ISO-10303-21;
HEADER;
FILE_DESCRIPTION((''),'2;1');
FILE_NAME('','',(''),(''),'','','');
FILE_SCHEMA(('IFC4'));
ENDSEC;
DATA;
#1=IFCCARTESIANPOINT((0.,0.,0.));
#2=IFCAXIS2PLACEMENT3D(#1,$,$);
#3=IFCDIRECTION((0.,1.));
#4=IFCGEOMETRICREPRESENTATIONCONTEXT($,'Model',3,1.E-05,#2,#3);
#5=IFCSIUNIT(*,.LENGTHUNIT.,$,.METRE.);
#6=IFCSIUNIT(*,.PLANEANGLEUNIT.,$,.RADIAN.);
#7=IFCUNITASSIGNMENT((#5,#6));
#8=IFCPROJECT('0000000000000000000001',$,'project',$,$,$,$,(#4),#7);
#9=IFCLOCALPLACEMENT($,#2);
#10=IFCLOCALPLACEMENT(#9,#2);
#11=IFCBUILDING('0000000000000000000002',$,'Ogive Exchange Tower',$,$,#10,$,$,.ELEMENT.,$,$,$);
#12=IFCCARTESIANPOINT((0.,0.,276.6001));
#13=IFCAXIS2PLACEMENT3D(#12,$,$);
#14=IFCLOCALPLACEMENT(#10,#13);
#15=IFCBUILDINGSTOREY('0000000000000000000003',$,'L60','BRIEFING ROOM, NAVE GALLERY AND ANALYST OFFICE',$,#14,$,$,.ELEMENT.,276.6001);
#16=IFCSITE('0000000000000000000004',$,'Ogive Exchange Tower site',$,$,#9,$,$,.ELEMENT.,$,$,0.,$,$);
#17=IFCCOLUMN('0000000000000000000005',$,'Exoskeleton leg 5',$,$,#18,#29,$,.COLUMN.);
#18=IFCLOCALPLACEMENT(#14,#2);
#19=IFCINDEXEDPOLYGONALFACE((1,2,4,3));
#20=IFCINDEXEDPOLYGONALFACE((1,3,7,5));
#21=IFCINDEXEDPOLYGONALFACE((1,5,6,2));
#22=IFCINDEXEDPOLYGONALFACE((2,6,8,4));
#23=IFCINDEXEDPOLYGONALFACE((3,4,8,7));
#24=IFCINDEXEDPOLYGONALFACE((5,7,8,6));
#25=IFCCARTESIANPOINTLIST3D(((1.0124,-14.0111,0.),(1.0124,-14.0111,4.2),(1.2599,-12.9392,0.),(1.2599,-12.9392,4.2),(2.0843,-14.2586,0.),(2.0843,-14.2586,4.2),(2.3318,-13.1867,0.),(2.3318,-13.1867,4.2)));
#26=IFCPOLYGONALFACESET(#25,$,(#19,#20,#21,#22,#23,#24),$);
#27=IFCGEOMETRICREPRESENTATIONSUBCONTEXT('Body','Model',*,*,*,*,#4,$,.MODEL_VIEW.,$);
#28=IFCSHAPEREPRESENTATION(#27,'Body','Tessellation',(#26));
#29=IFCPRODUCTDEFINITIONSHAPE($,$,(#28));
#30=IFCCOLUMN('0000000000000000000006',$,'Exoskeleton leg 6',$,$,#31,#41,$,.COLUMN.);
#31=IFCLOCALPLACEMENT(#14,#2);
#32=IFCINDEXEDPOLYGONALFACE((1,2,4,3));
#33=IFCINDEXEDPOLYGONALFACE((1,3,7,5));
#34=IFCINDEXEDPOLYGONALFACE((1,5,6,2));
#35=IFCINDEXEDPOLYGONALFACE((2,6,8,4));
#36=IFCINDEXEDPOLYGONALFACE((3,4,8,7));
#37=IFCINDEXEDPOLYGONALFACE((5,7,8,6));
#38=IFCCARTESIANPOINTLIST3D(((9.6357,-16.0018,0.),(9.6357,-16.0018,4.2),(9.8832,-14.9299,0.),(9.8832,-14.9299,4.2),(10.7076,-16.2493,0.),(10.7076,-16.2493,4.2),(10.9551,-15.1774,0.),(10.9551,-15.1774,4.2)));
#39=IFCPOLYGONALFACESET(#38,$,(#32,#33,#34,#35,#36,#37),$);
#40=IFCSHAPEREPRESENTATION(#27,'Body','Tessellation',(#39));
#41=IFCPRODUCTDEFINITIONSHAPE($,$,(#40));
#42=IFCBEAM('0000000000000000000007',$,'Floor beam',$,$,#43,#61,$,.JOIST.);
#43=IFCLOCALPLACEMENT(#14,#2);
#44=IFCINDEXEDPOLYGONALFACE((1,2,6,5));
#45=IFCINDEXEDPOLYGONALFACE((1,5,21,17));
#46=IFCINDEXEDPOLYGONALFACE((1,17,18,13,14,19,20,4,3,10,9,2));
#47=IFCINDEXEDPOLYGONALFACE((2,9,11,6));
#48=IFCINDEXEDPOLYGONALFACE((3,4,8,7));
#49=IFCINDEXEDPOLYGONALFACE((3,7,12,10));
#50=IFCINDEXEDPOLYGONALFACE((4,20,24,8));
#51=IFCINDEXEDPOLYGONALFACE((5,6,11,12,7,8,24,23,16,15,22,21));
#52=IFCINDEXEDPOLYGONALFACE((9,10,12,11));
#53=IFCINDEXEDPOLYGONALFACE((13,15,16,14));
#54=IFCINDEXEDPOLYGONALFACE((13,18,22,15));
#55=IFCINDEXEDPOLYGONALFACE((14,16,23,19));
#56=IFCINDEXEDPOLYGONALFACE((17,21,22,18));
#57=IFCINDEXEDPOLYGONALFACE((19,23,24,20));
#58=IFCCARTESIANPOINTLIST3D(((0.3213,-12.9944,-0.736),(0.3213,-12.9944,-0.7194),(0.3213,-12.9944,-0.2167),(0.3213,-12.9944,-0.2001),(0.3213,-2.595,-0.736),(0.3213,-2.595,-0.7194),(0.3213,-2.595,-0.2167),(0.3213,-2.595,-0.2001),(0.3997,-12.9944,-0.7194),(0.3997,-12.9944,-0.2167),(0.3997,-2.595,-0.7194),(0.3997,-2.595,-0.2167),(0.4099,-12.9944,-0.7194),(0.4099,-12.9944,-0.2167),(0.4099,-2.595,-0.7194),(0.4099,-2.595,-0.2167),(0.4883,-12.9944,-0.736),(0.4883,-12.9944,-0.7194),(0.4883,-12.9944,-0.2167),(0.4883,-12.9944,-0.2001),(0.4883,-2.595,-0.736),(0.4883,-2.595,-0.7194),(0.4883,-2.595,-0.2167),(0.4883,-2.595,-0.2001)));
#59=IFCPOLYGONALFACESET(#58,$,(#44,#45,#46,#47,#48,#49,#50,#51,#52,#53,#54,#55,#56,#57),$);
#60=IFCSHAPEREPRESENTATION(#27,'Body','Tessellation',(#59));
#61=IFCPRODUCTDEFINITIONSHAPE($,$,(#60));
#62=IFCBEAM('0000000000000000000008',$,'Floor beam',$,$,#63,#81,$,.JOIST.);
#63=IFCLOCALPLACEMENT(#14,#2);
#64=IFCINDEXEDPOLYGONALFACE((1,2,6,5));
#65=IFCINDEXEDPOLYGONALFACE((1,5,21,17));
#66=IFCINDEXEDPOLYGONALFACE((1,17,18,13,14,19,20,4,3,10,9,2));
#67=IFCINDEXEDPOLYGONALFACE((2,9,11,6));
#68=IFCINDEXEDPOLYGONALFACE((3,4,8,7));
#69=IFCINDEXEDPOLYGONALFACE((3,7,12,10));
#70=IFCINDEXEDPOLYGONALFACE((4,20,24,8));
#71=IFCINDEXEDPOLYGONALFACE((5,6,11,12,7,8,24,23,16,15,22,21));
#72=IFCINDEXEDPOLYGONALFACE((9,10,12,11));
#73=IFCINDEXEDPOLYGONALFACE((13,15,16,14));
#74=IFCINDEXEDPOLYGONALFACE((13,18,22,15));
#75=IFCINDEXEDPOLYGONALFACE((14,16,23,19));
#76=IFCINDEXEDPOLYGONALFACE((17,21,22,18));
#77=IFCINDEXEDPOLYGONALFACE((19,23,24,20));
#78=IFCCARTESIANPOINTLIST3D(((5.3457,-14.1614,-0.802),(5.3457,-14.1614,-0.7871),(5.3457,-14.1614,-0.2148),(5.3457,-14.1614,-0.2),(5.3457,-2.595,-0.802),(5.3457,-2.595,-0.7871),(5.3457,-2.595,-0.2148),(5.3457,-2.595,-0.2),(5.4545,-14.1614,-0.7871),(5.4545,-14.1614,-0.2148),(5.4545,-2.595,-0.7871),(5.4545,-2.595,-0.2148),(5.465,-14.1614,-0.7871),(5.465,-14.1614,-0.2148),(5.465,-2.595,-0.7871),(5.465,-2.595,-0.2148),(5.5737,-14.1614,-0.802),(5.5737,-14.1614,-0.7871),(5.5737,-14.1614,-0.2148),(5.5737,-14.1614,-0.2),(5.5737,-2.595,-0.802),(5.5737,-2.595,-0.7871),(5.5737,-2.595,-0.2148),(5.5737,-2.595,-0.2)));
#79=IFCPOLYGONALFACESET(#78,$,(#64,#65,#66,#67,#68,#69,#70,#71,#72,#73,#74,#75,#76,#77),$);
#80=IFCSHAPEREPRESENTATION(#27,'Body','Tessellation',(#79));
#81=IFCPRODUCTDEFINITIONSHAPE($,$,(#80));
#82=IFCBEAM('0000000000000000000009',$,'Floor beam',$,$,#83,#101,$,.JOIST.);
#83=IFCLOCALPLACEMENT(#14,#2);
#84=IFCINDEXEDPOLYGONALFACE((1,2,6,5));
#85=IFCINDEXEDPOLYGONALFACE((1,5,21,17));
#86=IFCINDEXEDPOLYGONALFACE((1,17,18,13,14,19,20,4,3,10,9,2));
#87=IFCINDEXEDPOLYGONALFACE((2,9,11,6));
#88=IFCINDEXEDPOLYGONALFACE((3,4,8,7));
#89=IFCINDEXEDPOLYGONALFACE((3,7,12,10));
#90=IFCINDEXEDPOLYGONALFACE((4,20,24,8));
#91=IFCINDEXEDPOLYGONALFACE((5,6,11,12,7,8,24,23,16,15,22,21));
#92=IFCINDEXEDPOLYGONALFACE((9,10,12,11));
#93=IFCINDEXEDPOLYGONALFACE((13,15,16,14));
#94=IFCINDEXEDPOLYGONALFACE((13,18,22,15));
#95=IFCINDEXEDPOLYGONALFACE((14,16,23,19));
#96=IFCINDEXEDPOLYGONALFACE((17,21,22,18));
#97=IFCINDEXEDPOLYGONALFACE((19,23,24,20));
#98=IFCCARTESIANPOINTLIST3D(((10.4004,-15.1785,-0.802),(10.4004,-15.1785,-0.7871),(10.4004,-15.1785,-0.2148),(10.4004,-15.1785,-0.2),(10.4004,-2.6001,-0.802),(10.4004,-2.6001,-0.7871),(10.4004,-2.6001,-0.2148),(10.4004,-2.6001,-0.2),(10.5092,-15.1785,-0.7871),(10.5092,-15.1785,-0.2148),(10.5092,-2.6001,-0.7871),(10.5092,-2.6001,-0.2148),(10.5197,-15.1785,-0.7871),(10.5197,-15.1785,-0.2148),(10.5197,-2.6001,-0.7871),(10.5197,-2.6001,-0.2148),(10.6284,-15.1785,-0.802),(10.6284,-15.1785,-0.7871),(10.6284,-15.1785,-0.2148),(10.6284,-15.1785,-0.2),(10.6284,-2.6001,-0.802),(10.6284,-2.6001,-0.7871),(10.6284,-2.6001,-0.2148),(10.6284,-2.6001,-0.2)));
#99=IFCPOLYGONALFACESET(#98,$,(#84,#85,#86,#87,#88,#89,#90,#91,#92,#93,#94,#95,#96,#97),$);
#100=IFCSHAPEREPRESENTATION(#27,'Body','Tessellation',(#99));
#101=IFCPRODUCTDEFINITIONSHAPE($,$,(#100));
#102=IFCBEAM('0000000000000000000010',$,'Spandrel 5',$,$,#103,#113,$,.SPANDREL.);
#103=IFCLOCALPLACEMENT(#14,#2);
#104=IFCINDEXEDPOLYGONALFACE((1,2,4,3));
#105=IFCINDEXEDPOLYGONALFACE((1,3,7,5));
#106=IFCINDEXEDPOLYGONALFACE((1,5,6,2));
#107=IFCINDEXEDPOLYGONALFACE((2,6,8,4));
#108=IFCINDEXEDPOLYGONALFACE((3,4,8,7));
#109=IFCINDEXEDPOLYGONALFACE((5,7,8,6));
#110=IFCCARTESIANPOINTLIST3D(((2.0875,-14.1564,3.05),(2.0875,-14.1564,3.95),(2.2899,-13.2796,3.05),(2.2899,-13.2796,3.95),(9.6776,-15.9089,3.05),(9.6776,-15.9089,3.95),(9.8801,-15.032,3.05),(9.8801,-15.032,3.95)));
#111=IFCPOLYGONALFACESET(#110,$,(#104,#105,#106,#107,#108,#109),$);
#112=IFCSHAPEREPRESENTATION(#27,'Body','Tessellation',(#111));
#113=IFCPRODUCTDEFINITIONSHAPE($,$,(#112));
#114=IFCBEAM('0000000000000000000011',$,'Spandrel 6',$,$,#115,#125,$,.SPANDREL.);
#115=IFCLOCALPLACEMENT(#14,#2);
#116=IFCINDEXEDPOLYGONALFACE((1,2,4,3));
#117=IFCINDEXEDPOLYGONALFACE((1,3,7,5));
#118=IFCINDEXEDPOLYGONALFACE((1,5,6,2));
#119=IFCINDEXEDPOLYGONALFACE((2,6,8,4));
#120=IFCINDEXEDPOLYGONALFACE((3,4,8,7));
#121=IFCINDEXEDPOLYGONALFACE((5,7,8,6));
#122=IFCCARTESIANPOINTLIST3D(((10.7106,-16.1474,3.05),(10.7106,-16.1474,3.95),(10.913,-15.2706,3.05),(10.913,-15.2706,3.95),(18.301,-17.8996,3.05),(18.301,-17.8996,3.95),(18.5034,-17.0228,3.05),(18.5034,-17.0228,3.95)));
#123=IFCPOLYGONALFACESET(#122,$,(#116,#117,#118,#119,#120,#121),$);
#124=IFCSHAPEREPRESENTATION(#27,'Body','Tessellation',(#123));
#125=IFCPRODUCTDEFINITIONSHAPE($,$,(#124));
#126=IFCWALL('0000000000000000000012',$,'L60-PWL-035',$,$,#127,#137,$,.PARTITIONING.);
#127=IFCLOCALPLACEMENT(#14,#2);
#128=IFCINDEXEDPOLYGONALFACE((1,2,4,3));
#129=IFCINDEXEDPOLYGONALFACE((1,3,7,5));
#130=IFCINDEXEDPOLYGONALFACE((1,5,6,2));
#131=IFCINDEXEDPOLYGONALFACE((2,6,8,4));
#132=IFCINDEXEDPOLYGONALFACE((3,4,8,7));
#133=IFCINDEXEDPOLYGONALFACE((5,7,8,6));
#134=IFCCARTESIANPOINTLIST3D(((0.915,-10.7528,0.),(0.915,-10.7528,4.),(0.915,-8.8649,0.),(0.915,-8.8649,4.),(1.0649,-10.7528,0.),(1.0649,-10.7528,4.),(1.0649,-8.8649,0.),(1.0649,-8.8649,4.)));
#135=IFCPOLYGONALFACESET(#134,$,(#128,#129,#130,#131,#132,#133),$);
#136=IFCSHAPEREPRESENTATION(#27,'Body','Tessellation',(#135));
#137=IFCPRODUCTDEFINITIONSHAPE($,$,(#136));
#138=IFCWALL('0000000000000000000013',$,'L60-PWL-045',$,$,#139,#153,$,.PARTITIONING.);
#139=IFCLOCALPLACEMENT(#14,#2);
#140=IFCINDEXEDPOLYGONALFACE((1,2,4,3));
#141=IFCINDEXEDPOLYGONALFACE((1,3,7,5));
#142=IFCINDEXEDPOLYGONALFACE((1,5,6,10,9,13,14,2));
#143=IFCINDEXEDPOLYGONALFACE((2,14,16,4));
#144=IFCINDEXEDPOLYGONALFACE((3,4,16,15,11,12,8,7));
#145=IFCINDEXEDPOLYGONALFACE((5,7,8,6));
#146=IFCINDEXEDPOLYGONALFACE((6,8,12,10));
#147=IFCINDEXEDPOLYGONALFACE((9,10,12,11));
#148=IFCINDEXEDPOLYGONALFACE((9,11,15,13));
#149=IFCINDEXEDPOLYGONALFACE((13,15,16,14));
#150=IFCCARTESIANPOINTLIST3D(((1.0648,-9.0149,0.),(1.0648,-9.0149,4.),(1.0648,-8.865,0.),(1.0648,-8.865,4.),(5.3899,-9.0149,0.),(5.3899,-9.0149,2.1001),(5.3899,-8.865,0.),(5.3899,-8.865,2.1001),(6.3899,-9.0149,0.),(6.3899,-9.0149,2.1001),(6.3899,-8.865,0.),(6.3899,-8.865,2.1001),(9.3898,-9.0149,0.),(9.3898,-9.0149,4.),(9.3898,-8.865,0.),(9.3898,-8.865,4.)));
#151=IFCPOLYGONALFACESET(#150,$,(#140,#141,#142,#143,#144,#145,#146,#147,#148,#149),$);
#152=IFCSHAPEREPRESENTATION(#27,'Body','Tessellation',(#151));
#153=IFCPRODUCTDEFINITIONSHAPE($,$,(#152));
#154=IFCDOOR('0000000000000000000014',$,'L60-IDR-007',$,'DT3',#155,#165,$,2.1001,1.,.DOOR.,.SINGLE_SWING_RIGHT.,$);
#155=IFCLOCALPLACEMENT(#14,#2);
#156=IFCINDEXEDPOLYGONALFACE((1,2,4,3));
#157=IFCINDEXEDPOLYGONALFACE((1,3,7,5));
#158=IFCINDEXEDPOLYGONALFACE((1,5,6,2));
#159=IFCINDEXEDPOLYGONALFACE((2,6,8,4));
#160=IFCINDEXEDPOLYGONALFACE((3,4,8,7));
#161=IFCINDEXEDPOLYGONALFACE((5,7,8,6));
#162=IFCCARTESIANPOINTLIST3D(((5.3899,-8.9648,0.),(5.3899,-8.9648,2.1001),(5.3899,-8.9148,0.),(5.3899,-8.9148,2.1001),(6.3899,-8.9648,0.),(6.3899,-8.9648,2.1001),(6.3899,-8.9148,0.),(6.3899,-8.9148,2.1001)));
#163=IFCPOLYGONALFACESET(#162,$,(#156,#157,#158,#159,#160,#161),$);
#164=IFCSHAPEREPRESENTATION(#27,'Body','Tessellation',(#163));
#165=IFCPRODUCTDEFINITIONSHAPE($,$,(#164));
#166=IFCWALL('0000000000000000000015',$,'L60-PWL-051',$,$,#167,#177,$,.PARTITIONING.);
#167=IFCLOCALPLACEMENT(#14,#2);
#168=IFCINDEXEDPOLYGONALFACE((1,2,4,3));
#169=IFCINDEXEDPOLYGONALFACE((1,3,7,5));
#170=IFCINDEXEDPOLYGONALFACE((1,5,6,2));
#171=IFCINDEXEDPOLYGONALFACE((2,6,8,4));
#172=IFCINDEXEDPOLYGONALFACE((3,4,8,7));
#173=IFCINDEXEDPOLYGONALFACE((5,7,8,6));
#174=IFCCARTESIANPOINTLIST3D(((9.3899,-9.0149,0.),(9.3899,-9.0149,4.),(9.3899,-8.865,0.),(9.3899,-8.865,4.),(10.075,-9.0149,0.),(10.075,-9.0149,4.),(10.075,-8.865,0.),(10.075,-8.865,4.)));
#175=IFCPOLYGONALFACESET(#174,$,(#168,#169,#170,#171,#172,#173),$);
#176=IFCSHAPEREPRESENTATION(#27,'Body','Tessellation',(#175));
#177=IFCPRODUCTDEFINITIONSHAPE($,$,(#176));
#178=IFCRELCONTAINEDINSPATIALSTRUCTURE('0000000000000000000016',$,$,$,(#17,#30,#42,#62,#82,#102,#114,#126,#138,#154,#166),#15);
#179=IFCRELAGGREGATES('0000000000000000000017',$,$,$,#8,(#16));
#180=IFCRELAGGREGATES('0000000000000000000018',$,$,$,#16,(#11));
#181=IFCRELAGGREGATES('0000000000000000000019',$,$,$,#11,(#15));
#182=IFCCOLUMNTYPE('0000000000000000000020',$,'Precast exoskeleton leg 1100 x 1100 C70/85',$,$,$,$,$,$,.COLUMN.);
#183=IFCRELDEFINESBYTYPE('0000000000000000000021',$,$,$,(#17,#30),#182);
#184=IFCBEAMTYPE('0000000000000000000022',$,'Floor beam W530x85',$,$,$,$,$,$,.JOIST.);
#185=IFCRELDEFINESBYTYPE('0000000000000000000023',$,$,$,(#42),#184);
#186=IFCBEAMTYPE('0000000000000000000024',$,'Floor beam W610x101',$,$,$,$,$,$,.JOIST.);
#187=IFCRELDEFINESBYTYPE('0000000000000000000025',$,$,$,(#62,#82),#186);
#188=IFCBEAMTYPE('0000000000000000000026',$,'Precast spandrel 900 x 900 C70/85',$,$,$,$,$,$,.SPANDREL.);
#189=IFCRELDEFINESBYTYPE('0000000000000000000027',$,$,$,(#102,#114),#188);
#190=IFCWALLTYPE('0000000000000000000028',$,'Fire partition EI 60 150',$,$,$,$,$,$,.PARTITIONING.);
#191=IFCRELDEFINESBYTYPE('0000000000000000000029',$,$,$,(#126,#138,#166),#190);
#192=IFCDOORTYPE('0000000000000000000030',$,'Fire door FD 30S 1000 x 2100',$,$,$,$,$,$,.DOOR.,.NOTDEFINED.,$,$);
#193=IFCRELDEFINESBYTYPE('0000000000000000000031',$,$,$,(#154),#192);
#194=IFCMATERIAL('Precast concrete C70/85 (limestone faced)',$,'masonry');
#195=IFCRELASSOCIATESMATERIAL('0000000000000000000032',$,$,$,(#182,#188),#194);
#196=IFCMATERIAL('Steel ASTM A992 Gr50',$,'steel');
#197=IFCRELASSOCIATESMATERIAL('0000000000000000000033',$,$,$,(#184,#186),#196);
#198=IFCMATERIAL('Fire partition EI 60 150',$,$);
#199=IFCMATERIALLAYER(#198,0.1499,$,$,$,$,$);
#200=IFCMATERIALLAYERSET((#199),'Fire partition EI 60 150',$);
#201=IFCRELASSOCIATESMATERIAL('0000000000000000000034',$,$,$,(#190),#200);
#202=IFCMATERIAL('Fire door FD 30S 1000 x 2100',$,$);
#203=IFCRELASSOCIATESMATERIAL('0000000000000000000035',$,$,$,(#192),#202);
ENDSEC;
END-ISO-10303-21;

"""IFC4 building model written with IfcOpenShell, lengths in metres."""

from ifc_helpers import new_model, si_unit, direction, frame, frame_2d, origin, origin_2d, place, context, subcontext, project, spatial, rectangle, i_section, extrude, material, layer, layer_set, material_profile, profile_set, type_object, element, fill, save


model = new_model("IFC4")

# Units and contexts
model_context = context("Model", 3, precision=1e-05, world=origin(), true_north=direction((0.0, 1.0)))
body_context = subcontext(model_context, "Body", "Model", "MODEL_VIEW")
ifc_project = project(units=[si_unit("LENGTHUNIT", "METRE"), si_unit("PLANEANGLEUNIT", "RADIAN")], contexts=[model_context])

# Site, building, storey
site_placement = place(None, origin())
site = spatial("IfcSite", under=ifc_project, at=site_placement, Name="Ogive Exchange Tower site", CompositionType="ELEMENT", RefElevation=0.0)
building_placement = place(site_placement, origin())
building = spatial("IfcBuilding", under=site, at=building_placement, Name="Ogive Exchange Tower", CompositionType="ELEMENT")
storey_placement = place(building_placement, frame((0.0, 0.0, 276.6001)))
storey = spatial("IfcBuildingStorey", under=building, at=storey_placement, Name="L60", Description="BRIEFING ROOM, NAVE GALLERY AND ANALYST OFFICE", CompositionType="ELEMENT", Elevation=276.6001)

# Columns
ifc_material_1 = material(Name="Precast concrete C70/85 (limestone faced)", Category="masonry")
ifc_material_profile_1 = material_profile(ifc_material_1, rectangle(XDim=1.1001, YDim=1.1001, at=origin_2d()), Name="1100 x 1100")
ifc_profile_set_1 = profile_set([ifc_material_profile_1], Name="Precast concrete C70/85 (limestone faced)")
column_type = type_object("IfcColumnType", Name="Precast exoskeleton leg 1100 x 1100 C70/85", PredefinedType="COLUMN", material=ifc_profile_set_1)
for number, where, z_axis, x_axis, name in (
    (1, (1.6721, -13.5989, 0.0), (0.0, 0.0, 1.0), (0.97437, -0.224951, 0.0), "Exoskeleton leg 5"),
    (2, (10.2954, -15.5896, 0.0), (0.0, 0.0, 1.0), (0.97437, -0.224951, 0.0), "Exoskeleton leg 6"),
):
    element("IfcColumn", number, at=place(storey_placement, frame(where, z_axis=z_axis, x_axis=x_axis)), inside=storey, type_object=column_type, Name=name, PredefinedType="COLUMN", context=body_context, shape_type="SweptSolid", body=[
        extrude(rectangle(XDim=1.1001, YDim=1.1001, at=origin_2d()), origin(), (0.0, 0.0, 1.0), 4.2),
    ])

# Beams
ifc_material_2 = material(Name="Steel ASTM A992 Gr50", Category="steel")
ifc_material_profile_2 = material_profile(ifc_material_2, i_section(OverallWidth=0.167, OverallDepth=0.5359, WebThickness=0.0103, FlangeThickness=0.0166, at=origin_2d()), Name="W530x85")
ifc_profile_set_2 = profile_set([ifc_material_profile_2], Name="Steel ASTM A992 Gr50")
beam_type_1 = type_object("IfcBeamType", Name="Floor beam W530x85", PredefinedType="JOIST", material=ifc_profile_set_2)
beam_1_placement = place(storey_placement, frame((0.4048, -12.9944, -0.468), z_axis=(0.0, 1.0, 0.0), x_axis=(-1.0, 0.0, 0.0)))
element("IfcBeam", 3, at=beam_1_placement, inside=storey, type_object=beam_type_1, Name="Floor beam", PredefinedType="JOIST", context=body_context, shape_type="SweptSolid", body=[
    extrude(i_section(OverallWidth=0.167, OverallDepth=0.5359, WebThickness=0.0103, FlangeThickness=0.0166, at=origin_2d()), origin(), (0.0, 0.0, 1.0), 10.3994),
])
ifc_material_profile_3 = material_profile(ifc_material_2, i_section(OverallWidth=0.228, OverallDepth=0.6021, WebThickness=0.0105, FlangeThickness=0.0149, at=origin_2d()), Name="W610x101")
ifc_profile_set_3 = profile_set([ifc_material_profile_3], Name="Steel ASTM A992 Gr50")
beam_type_2 = type_object("IfcBeamType", Name="Floor beam W610x101", PredefinedType="JOIST", material=ifc_profile_set_3)
beam_2_placement = place(storey_placement, frame((5.4597, -14.1614, -0.501), z_axis=(0.0, 1.0, 0.0), x_axis=(-1.0, 0.0, 0.0)))
element("IfcBeam", 4, at=beam_2_placement, inside=storey, type_object=beam_type_2, Name="Floor beam", PredefinedType="JOIST", context=body_context, shape_type="SweptSolid", body=[
    extrude(i_section(OverallWidth=0.228, OverallDepth=0.6021, WebThickness=0.0105, FlangeThickness=0.0149, at=origin_2d()), origin(), (0.0, 0.0, 1.0), 11.5664),
])
beam_3_placement = place(storey_placement, frame((10.5144, -15.1785, -0.501), z_axis=(0.0, 1.0, 0.0), x_axis=(-1.0, 0.0, 0.0)))
element("IfcBeam", 5, at=beam_3_placement, inside=storey, type_object=beam_type_2, Name="Floor beam", PredefinedType="JOIST", context=body_context, shape_type="SweptSolid", body=[
    extrude(i_section(OverallWidth=0.228, OverallDepth=0.6021, WebThickness=0.0105, FlangeThickness=0.0149, at=origin_2d()), origin(), (0.0, 0.0, 1.0), 12.5784),
])
ifc_material_profile_4 = material_profile(ifc_material_1, rectangle(XDim=0.8999, YDim=0.8999, at=origin_2d()), Name="900 x 900")
ifc_profile_set_4 = profile_set([ifc_material_profile_4], Name="Precast concrete C70/85 (limestone faced)")
beam_type_3 = type_object("IfcBeamType", Name="Precast spandrel 900 x 900 C70/85", PredefinedType="SPANDREL", material=ifc_profile_set_4)
beam_4_placement = place(storey_placement, frame((2.1887, -13.718, 3.5), z_axis=(0.974366, -0.224967, 0.0), x_axis=(0.224967, 0.974366, 0.0)))
element("IfcBeam", 6, at=beam_4_placement, inside=storey, type_object=beam_type_3, Name="Spandrel 5", PredefinedType="SPANDREL", context=body_context, shape_type="SweptSolid", body=[
    extrude(rectangle(XDim=0.8999, YDim=0.8999, at=origin_2d()), origin(), (0.0, 0.0, 1.0), 7.7898),
])
beam_5_placement = place(storey_placement, frame((10.8118, -15.709, 3.5), z_axis=(0.974375, -0.22493, 0.0), x_axis=(0.22493, 0.974375, 0.0)))
element("IfcBeam", 7, at=beam_5_placement, inside=storey, type_object=beam_type_3, Name="Spandrel 6", PredefinedType="SPANDREL", context=body_context, shape_type="SweptSolid", body=[
    extrude(rectangle(XDim=0.8999, YDim=0.8999, at=origin_2d()), origin(), (0.0, 0.0, 1.0), 7.79),
])

# Wall
ifc_material_3 = material(Name="Fire partition EI 60 150")
ifc_layer_1 = layer(ifc_material_3, 0.1499)
ifc_layer_set_1 = layer_set([ifc_layer_1], Name="Fire partition EI 60 150")
wall_type_1 = type_object("IfcWallType", Name="Fire partition EI 60 150", PredefinedType="PARTITIONING", material=ifc_layer_set_1)
wall_1_placement = place(storey_placement, frame((0.99, -8.865, 0.0), z_axis=(0.0, 0.0, 1.0), x_axis=(0.0, -1.0, 0.0)))
element("IfcWall", 8, at=wall_1_placement, inside=storey, type_object=wall_type_1, Name="L60-PWL-035", PredefinedType="PARTITIONING", context=body_context, shape_type="SweptSolid", body=[
    extrude(rectangle(XDim=1.8879, YDim=0.1499, at=frame_2d((0.9438, 0.0))), origin(), (0.0, 0.0, 1.0), 4.0),
])

# Wall, opening, door
wall_2_placement = place(storey_placement, frame((9.3899, -8.9399, 0.0), z_axis=(0.0, 0.0, 1.0), x_axis=(-1.0, 0.0, 0.0)))
wall_2 = element("IfcWall", 9, at=wall_2_placement, inside=storey, type_object=wall_type_1, Name="L60-PWL-045", PredefinedType="PARTITIONING", context=body_context, shape_type="SweptSolid", body=[
    extrude(rectangle(XDim=8.325, YDim=0.1499, at=frame_2d((4.1626, 0.0))), origin(), (0.0, 0.0, 1.0), 4.0),
])
opening_1_placement = place(wall_2_placement, frame((3.0, 0.0, 0.0)))
opening_1 = element("IfcOpeningElement", 10, at=opening_1_placement, cuts=wall_2, PredefinedType="OPENING", context=body_context, shape_type="SweptSolid", body=[
    extrude(rectangle(XDim=1.0, YDim=2.1001, at=frame_2d((0.5, 1.05))), frame((0.0, 0.085, 0.0), z_axis=(0.0, -1.0, 0.0), x_axis=(1.0, 0.0, 0.0)), (0.0, 0.0, 1.0), 0.1699),
])
ifc_material_4 = material(Name="Fire door FD 30S 1000 x 2100")
door_type_1 = type_object("IfcDoorType", Name="Fire door FD 30S 1000 x 2100", OperationType="NOTDEFINED", PredefinedType="DOOR", material=ifc_material_4)
door_1_placement = place(opening_1_placement, origin())
door_1 = element("IfcDoor", 11, at=door_1_placement, inside=storey, type_object=door_type_1, Name="L60-IDR-007", ObjectType="DT3", OperationType="SINGLE_SWING_RIGHT", OverallHeight=2.1001, OverallWidth=1.0, PredefinedType="DOOR", context=body_context, shape_type="SweptSolid", body=[
    extrude(rectangle(XDim=1.0, YDim=2.1001, at=frame_2d((0.5, 1.05))), frame((0.0, 0.0249, 0.0), z_axis=(0.0, -1.0, 0.0), x_axis=(1.0, 0.0, 0.0)), (0.0, 0.0, 1.0), 0.05),
])
fill(opening_1, door_1)

# Wall
wall_3_placement = place(storey_placement, frame((10.075, -8.9399, 0.0), z_axis=(0.0, 0.0, 1.0), x_axis=(-1.0, 0.0, 0.0)))
element("IfcWall", 12, at=wall_3_placement, inside=storey, type_object=wall_type_1, Name="L60-PWL-051", PredefinedType="PARTITIONING", context=body_context, shape_type="SweptSolid", body=[
    extrude(rectangle(XDim=0.6851, YDim=0.1499, at=frame_2d((0.3425, 0.0))), origin(), (0.0, 0.0, 1.0), 4.0),
])

save(model, "model.ifc")
